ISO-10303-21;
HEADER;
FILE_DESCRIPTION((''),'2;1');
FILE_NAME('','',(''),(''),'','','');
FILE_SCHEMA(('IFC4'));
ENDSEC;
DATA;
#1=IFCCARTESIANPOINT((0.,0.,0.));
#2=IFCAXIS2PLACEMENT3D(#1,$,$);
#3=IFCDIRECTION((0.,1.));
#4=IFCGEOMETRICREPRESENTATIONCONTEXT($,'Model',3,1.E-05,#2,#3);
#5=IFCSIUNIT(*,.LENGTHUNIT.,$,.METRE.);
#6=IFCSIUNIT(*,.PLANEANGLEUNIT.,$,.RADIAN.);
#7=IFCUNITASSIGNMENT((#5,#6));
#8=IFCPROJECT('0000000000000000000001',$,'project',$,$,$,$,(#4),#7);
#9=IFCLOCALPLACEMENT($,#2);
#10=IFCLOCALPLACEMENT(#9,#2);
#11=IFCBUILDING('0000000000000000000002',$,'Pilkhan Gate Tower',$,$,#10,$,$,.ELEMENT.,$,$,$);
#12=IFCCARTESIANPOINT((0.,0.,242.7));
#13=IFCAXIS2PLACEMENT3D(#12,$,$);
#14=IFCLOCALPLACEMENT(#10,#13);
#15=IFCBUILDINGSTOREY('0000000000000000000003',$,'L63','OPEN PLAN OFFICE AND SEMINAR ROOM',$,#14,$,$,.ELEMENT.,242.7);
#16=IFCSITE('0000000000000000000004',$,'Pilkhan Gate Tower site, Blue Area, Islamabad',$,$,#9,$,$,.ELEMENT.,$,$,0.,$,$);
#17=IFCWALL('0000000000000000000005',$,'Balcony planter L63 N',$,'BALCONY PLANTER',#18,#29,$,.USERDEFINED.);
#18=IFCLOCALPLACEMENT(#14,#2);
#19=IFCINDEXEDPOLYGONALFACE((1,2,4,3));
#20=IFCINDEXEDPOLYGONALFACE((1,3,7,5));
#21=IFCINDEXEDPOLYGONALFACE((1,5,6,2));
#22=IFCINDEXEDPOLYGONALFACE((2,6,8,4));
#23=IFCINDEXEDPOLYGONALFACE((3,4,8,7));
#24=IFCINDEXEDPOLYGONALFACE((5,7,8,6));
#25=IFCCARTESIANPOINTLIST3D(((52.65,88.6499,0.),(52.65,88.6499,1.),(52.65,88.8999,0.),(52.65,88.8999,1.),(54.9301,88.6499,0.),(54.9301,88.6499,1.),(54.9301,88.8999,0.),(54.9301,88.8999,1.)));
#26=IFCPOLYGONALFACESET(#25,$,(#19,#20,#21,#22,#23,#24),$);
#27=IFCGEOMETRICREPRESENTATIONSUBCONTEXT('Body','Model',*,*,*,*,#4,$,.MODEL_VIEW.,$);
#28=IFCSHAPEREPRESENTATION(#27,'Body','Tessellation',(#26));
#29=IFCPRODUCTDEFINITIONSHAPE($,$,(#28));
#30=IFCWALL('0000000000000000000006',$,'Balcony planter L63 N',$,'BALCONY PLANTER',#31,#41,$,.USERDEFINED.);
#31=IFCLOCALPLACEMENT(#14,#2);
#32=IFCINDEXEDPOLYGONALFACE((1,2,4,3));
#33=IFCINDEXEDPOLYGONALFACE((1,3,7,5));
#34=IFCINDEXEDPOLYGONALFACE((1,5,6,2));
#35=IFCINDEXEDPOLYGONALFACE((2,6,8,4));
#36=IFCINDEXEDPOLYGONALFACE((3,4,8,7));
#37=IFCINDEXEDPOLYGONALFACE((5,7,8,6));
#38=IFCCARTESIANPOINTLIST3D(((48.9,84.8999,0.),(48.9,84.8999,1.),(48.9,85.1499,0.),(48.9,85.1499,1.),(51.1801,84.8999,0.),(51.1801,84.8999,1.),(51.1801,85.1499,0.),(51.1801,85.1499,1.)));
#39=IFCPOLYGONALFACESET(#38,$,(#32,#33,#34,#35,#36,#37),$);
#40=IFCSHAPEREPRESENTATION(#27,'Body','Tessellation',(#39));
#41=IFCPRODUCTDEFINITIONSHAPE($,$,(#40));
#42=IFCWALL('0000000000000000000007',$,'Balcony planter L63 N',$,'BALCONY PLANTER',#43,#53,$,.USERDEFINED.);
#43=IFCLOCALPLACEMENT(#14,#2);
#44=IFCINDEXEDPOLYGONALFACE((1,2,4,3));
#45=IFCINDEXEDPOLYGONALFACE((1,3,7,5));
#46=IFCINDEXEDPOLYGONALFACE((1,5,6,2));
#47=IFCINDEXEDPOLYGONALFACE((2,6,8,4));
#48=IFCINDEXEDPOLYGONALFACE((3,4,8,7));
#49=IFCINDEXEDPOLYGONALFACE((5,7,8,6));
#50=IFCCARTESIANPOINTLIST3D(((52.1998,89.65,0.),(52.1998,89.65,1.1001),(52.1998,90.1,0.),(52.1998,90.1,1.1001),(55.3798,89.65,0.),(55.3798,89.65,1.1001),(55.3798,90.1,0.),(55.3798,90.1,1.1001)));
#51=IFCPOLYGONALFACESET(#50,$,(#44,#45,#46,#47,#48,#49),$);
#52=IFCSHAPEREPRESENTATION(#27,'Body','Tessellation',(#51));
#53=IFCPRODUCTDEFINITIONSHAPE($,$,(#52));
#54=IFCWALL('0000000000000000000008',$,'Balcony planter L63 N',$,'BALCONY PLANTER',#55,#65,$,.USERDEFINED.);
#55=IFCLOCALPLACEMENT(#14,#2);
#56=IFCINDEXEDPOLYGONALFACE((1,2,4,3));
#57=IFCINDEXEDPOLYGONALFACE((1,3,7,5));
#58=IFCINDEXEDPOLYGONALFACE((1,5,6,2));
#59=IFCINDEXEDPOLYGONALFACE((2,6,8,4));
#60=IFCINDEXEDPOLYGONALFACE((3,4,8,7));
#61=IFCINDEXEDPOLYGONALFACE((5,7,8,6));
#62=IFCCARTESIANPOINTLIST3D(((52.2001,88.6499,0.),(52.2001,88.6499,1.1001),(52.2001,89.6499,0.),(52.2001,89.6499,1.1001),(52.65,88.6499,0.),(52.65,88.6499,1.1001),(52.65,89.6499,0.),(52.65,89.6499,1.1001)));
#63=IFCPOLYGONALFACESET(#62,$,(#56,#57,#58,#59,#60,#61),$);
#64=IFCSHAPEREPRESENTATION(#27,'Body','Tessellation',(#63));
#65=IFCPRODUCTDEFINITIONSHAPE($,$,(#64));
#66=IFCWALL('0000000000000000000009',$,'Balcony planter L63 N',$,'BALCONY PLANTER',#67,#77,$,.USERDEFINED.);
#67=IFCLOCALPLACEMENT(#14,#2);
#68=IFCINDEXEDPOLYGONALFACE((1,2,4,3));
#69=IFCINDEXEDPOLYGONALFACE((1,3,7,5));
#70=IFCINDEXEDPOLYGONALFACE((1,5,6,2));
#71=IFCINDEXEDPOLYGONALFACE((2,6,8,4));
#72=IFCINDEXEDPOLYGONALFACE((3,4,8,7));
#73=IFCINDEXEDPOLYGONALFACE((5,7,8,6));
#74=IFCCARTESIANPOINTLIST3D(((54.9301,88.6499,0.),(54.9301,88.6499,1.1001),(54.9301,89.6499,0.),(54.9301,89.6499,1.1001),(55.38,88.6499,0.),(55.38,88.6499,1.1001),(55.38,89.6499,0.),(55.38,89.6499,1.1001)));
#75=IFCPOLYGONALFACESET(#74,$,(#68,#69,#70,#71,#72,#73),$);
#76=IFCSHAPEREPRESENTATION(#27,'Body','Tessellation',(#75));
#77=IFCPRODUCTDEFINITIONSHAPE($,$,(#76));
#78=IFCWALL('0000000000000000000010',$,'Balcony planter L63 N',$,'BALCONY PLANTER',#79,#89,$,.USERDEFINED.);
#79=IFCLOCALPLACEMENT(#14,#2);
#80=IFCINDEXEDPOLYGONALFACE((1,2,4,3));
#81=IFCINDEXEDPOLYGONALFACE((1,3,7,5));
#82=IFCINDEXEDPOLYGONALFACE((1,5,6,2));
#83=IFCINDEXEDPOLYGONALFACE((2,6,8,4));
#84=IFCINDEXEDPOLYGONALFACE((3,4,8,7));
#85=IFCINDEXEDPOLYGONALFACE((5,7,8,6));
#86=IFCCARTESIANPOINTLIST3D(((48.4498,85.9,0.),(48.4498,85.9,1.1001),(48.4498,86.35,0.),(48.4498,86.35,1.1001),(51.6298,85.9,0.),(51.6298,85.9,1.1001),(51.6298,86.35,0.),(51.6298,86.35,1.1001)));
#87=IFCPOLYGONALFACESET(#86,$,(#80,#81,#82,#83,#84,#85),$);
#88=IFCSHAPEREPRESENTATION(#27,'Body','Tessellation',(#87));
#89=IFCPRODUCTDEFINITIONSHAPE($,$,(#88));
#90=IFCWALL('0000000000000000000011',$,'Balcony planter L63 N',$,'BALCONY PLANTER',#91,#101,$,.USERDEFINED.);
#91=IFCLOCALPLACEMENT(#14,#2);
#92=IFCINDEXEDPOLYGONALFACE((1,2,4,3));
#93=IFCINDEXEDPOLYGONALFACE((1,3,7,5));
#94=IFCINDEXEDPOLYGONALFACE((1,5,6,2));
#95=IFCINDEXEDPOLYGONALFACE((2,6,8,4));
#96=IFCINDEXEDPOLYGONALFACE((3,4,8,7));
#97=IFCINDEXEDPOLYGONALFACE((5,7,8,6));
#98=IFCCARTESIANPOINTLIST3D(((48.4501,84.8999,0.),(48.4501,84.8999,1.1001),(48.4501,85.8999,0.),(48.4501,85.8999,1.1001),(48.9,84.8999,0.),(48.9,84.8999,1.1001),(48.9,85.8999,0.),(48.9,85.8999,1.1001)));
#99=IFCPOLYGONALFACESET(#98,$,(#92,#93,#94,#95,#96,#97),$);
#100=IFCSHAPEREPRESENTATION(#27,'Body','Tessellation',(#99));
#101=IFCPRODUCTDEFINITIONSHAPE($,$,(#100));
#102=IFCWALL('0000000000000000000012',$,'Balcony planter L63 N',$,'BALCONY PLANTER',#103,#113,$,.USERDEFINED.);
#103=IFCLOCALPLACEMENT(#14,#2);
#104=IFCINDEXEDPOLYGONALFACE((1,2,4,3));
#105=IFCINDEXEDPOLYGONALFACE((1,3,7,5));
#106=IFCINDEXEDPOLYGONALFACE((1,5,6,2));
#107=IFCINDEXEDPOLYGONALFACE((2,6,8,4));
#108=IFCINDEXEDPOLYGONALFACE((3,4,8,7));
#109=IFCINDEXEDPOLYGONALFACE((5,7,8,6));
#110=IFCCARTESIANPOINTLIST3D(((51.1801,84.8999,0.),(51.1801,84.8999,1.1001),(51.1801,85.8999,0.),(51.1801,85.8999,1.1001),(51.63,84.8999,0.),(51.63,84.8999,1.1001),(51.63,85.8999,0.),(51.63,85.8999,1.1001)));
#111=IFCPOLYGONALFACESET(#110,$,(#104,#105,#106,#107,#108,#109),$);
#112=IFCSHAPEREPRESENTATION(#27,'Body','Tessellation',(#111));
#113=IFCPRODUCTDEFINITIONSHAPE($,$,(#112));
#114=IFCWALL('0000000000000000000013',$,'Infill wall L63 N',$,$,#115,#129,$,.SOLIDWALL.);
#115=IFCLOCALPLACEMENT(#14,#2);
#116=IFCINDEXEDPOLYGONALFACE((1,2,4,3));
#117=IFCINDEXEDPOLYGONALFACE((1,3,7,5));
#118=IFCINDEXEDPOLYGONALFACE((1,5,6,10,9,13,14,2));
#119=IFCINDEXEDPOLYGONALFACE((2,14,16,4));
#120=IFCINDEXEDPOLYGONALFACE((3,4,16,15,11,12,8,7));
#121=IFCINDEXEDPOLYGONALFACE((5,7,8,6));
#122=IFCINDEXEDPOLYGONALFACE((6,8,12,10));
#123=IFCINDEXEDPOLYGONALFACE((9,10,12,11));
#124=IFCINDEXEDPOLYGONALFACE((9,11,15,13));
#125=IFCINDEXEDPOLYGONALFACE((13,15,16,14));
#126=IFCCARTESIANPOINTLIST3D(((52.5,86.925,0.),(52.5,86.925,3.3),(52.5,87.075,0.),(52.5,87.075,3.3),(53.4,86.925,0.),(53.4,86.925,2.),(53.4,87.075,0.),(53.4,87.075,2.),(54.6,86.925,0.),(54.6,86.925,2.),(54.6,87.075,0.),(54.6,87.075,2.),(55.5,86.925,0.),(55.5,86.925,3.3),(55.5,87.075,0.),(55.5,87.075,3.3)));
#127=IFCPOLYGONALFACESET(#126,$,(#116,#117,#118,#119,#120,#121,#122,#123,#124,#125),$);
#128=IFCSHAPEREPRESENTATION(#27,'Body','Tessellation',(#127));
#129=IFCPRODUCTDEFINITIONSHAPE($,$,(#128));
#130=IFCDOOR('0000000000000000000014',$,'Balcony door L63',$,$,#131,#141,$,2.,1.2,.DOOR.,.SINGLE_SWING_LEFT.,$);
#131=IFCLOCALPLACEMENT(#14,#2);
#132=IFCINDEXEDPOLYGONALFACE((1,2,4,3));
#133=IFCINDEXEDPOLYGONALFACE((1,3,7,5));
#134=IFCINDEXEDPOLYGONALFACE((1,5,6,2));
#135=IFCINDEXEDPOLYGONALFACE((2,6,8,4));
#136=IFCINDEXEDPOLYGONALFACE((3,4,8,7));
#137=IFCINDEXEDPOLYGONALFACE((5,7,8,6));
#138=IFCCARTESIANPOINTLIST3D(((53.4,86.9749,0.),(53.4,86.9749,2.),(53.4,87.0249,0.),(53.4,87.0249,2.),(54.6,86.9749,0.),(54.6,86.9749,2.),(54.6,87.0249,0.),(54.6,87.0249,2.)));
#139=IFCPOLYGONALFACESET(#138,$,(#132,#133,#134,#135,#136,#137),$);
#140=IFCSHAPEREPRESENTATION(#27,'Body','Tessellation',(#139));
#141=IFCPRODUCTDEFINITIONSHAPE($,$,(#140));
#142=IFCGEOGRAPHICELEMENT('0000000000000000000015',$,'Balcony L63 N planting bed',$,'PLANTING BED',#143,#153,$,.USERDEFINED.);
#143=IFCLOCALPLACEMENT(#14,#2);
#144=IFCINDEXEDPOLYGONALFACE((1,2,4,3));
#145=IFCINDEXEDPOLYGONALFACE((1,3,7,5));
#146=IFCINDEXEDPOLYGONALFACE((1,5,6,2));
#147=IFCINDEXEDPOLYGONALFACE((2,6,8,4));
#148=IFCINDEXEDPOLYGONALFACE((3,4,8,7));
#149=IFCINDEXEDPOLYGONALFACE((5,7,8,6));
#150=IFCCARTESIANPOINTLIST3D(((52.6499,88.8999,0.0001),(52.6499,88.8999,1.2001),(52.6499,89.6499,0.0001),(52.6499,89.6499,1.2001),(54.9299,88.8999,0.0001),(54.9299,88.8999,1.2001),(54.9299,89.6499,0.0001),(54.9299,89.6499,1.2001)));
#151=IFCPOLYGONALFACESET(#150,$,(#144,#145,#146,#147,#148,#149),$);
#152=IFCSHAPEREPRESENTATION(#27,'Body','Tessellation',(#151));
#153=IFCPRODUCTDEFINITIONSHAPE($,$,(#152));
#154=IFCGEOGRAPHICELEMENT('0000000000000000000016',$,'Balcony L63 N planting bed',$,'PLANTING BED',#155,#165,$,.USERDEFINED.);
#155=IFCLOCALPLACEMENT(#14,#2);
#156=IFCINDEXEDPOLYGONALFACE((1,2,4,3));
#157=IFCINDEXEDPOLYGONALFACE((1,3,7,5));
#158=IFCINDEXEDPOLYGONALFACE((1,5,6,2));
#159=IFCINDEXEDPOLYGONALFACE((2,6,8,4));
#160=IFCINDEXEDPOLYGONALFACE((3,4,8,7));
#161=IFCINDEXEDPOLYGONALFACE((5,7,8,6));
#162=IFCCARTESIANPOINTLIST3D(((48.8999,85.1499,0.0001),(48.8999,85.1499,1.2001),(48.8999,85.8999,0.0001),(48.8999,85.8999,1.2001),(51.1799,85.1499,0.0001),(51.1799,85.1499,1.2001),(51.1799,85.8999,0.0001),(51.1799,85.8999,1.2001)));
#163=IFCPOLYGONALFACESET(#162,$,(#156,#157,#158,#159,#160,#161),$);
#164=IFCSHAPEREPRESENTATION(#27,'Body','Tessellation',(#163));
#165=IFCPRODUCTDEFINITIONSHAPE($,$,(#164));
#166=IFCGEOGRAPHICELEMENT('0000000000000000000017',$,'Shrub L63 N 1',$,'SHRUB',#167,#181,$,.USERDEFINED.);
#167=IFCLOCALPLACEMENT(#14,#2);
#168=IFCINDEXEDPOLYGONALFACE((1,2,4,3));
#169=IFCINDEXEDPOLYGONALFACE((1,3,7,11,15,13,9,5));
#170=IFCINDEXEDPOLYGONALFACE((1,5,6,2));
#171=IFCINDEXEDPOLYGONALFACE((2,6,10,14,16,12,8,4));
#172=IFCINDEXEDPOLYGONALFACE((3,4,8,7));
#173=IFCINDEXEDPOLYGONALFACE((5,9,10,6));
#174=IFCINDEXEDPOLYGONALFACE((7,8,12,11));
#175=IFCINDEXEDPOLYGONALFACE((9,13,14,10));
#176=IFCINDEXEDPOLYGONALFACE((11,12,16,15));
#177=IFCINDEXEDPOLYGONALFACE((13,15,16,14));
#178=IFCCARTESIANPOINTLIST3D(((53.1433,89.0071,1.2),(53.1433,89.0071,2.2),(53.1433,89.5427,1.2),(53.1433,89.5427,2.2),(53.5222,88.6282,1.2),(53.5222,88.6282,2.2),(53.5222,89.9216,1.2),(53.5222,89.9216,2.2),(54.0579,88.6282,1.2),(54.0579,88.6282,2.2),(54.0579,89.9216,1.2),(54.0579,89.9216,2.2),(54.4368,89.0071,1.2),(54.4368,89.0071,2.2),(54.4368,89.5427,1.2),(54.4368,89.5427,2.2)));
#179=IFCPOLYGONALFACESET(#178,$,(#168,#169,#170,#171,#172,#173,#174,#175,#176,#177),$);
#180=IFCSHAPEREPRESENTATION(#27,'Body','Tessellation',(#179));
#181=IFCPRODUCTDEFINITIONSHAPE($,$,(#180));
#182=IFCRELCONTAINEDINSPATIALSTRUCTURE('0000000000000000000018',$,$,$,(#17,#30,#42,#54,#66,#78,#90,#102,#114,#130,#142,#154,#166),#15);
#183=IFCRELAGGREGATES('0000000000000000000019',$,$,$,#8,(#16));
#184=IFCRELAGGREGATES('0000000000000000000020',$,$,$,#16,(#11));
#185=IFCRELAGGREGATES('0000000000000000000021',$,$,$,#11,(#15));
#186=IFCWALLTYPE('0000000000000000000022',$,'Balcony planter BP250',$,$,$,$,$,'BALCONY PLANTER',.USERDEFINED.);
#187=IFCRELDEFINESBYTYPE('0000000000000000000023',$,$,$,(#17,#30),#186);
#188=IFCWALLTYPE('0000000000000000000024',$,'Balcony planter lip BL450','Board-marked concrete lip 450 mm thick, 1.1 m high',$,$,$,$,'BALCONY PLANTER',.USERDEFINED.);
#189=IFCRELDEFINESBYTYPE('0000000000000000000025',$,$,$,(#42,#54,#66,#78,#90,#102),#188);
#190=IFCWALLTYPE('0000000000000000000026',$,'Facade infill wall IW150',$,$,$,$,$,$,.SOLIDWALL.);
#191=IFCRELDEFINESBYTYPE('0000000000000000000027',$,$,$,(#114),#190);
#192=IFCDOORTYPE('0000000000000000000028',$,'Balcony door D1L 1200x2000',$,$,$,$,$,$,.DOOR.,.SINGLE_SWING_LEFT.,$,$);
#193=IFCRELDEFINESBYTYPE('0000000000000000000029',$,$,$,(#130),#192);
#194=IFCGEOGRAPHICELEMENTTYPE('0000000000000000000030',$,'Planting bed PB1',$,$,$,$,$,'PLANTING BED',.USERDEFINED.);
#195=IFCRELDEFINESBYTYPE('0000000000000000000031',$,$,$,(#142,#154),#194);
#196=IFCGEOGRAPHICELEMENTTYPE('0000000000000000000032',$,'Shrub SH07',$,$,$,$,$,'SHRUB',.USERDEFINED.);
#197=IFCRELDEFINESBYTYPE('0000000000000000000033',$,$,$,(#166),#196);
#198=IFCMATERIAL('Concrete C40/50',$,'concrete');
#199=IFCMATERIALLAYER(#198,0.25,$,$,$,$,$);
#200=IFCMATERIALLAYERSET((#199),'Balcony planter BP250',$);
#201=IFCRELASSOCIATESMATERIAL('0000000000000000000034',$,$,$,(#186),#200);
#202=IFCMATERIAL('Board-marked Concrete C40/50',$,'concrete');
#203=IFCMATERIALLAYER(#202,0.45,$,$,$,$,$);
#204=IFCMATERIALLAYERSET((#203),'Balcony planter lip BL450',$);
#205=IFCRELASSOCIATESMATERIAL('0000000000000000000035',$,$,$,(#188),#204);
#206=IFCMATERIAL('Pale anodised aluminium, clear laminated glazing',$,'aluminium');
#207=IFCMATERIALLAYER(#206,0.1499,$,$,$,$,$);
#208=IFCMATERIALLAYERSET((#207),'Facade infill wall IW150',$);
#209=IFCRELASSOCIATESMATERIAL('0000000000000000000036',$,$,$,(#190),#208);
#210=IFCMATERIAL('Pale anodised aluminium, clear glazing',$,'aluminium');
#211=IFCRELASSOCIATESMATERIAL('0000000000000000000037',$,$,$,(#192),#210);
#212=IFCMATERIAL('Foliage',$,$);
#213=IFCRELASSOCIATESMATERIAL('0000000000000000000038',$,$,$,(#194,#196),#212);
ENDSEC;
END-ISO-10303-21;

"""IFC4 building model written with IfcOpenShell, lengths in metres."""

from ifc_helpers import new_model, si_unit, direction, frame, frame_2d, origin, origin_2d, place, context, subcontext, project, spatial, polyline, rectangle, outline, extrude, material, layer, layer_set, material_profile, profile_set, type_object, element, fill, save


model = new_model("IFC4")

# Units and contexts
model_context = context("Model", 3, precision=1e-05, world=origin(), true_north=direction((0.0, 1.0)))
body_context = subcontext(model_context, "Body", "Model", "MODEL_VIEW")
ifc_project = project(units=[si_unit("LENGTHUNIT", "METRE"), si_unit("PLANEANGLEUNIT", "RADIAN")], contexts=[model_context])

# Site, building, storey
site_placement = place(None, origin())
site = spatial("IfcSite", under=ifc_project, at=site_placement, Name="Pilkhan Gate Tower site, Blue Area, Islamabad", CompositionType="ELEMENT", RefElevation=0.0)
building_placement = place(site_placement, origin())
building = spatial("IfcBuilding", under=site, at=building_placement, Name="Pilkhan Gate Tower", CompositionType="ELEMENT")
storey_placement = place(building_placement, frame((0.0, 0.0, 242.7)))
storey = spatial("IfcBuildingStorey", under=building, at=storey_placement, Name="L63", Description="OPEN PLAN OFFICE AND SEMINAR ROOM", CompositionType="ELEMENT", Elevation=242.7)

# Walls
ifc_material_1 = material(Name="Concrete C40/50", Category="concrete")
ifc_layer_1 = layer(ifc_material_1, 0.25)
ifc_layer_set_1 = layer_set([ifc_layer_1], Name="Balcony planter BP250")
wall_type_1 = type_object("IfcWallType", Name="Balcony planter BP250", ElementType="BALCONY PLANTER", PredefinedType="USERDEFINED", material=ifc_layer_set_1)
for number, where, z_axis, x_axis, name in (
    (1, (52.6499, 88.7749, 0.0), (0.0, 0.0, 1.0), (1.0, 0.0, 0.0), "Balcony planter L63 N"),
    (2, (48.8999, 85.0249, 0.0), (0.0, 0.0, 1.0), (1.0, 0.0, 0.0), "Balcony planter L63 N"),
):
    element("IfcWall", number, at=place(storey_placement, frame(where, z_axis=z_axis, x_axis=x_axis)), inside=storey, type_object=wall_type_1, Name=name, ObjectType="BALCONY PLANTER", PredefinedType="USERDEFINED", context=body_context, shape_type="SweptSolid", body=[
        extrude(rectangle(XDim=2.28, YDim=0.25, at=frame_2d((1.1401, 0.0))), origin(), (0.0, 0.0, 1.0), 1.0),
    ])
ifc_material_2 = material(Name="Board-marked Concrete C40/50", Category="concrete")
ifc_layer_2 = layer(ifc_material_2, 0.45)
ifc_layer_set_2 = layer_set([ifc_layer_2], Name="Balcony planter lip BL450")
wall_type_2 = type_object("IfcWallType", Name="Balcony planter lip BL450", Description="Board-marked concrete lip 450 mm thick, 1.1 m high", ElementType="BALCONY PLANTER", PredefinedType="USERDEFINED", material=ifc_layer_set_2)
wall_1_placement = place(storey_placement, frame((52.2, 89.875, 0.0), z_axis=(0.0, 0.0, 1.0), x_axis=(1.0, 0.0, 0.0)))
element("IfcWall", 3, at=wall_1_placement, inside=storey, type_object=wall_type_2, Name="Balcony planter L63 N", ObjectType="BALCONY PLANTER", PredefinedType="USERDEFINED", context=body_context, shape_type="SweptSolid", body=[
    extrude(rectangle(XDim=3.1799, YDim=0.45, at=frame_2d((1.5898, 0.0))), origin(), (0.0, 0.0, 1.0), 1.1001),
])
for number, where, z_axis, x_axis, name in (
    (4, (52.425, 88.6499, 0.0), (0.0, 0.0, 1.0), (0.0, 1.0, 0.0), "Balcony planter L63 N"),
    (5, (55.155, 88.6499, 0.0), (0.0, 0.0, 1.0), (0.0, 1.0, 0.0), "Balcony planter L63 N"),
):
    element("IfcWall", number, at=place(storey_placement, frame(where, z_axis=z_axis, x_axis=x_axis)), inside=storey, type_object=wall_type_2, Name=name, ObjectType="BALCONY PLANTER", PredefinedType="USERDEFINED", context=body_context, shape_type="SweptSolid", body=[
        extrude(rectangle(XDim=1.0, YDim=0.45, at=frame_2d((0.5, 0.0))), origin(), (0.0, 0.0, 1.0), 1.1001),
    ])
wall_2_placement = place(storey_placement, frame((48.45, 86.125, 0.0), z_axis=(0.0, 0.0, 1.0), x_axis=(1.0, 0.0, 0.0)))
element("IfcWall", 6, at=wall_2_placement, inside=storey, type_object=wall_type_2, Name="Balcony planter L63 N", ObjectType="BALCONY PLANTER", PredefinedType="USERDEFINED", context=body_context, shape_type="SweptSolid", body=[
    extrude(rectangle(XDim=3.1799, YDim=0.45, at=frame_2d((1.5898, 0.0))), origin(), (0.0, 0.0, 1.0), 1.1001),
])
for number, where, z_axis, x_axis, name in (
    (7, (48.675, 84.8999, 0.0), (0.0, 0.0, 1.0), (0.0, 1.0, 0.0), "Balcony planter L63 N"),
    (8, (51.405, 84.8999, 0.0), (0.0, 0.0, 1.0), (0.0, 1.0, 0.0), "Balcony planter L63 N"),
):
    element("IfcWall", number, at=place(storey_placement, frame(where, z_axis=z_axis, x_axis=x_axis)), inside=storey, type_object=wall_type_2, Name=name, ObjectType="BALCONY PLANTER", PredefinedType="USERDEFINED", context=body_context, shape_type="SweptSolid", body=[
        extrude(rectangle(XDim=1.0, YDim=0.45, at=frame_2d((0.5, 0.0))), origin(), (0.0, 0.0, 1.0), 1.1001),
    ])

# Wall, opening, door
ifc_material_3 = material(Name="Pale anodised aluminium, clear laminated glazing", Category="aluminium")
ifc_layer_3 = layer(ifc_material_3, 0.1499)
ifc_layer_set_3 = layer_set([ifc_layer_3], Name="Facade infill wall IW150")
wall_type_3 = type_object("IfcWallType", Name="Facade infill wall IW150", PredefinedType="SOLIDWALL", material=ifc_layer_set_3)
wall_3_placement = place(storey_placement, frame((52.5, 87.0, 0.0), z_axis=(0.0, 0.0, 1.0), x_axis=(1.0, 0.0, 0.0)))
wall_3 = element("IfcWall", 9, at=wall_3_placement, inside=storey, type_object=wall_type_3, Name="Infill wall L63 N", PredefinedType="SOLIDWALL", context=body_context, shape_type="SweptSolid", body=[
    extrude(rectangle(XDim=3.0, YDim=0.1499, at=frame_2d((1.5, 0.0))), origin(), (0.0, 0.0, 1.0), 3.3),
])
opening_placement = place(wall_3_placement, frame((0.8999, 0.0, 0.0)))
opening = element("IfcOpeningElement", 10, at=opening_placement, cuts=wall_3, PredefinedType="OPENING", context=body_context, shape_type="SweptSolid", body=[
    extrude(rectangle(XDim=1.2, YDim=2.0, at=frame_2d((0.6001, 1.0))), frame((0.0, 0.085, 0.0), z_axis=(0.0, -1.0, 0.0), x_axis=(1.0, 0.0, 0.0)), (0.0, 0.0, 1.0), 0.1699),
])
ifc_material_4 = material(Name="Pale anodised aluminium, clear glazing", Category="aluminium")
door_type = type_object("IfcDoorType", Name="Balcony door D1L 1200x2000", OperationType="SINGLE_SWING_LEFT", PredefinedType="DOOR", material=ifc_material_4)
door_placement = place(opening_placement, origin())
door = element("IfcDoor", 11, at=door_placement, inside=storey, type_object=door_type, Name="Balcony door L63", OperationType="SINGLE_SWING_LEFT", OverallHeight=2.0, OverallWidth=1.2, PredefinedType="DOOR", context=body_context, shape_type="SweptSolid", body=[
    extrude(rectangle(XDim=1.2, YDim=2.0, at=frame_2d((0.6001, 1.0))), frame((0.0, 0.0249, 0.0), z_axis=(0.0, -1.0, 0.0), x_axis=(1.0, 0.0, 0.0)), (0.0, 0.0, 1.0), 0.05),
])
fill(opening, door)

# Geographic elements
ifc_material_5 = material(Name="Foliage")
ifc_material_profile_1 = material_profile(ifc_material_5, rectangle(XDim=0.75, YDim=1.2, at=origin_2d()), Name="Bed 750x1200")
ifc_profile_set_1 = profile_set([ifc_material_profile_1], Name="Foliage")
geographic_element_type_1 = type_object("IfcGeographicElementType", Name="Planting bed PB1", ElementType="PLANTING BED", PredefinedType="USERDEFINED", material=ifc_profile_set_1)
for number, where, z_axis, x_axis, name in (
    (12, (52.6499, 89.2749, 0.6001), (1.0, 0.0, 0.0), (0.0, 1.0, 0.0), "Balcony L63 N planting bed"),
    (13, (48.8999, 85.5249, 0.6001), (1.0, 0.0, 0.0), (0.0, 1.0, 0.0), "Balcony L63 N planting bed"),
):
    element("IfcGeographicElement", number, at=place(storey_placement, frame(where, z_axis=z_axis, x_axis=x_axis)), inside=storey, type_object=geographic_element_type_1, Name=name, ObjectType="PLANTING BED", PredefinedType="USERDEFINED", context=body_context, shape_type="SweptSolid", body=[
        extrude(rectangle(XDim=0.75, YDim=1.2, at=origin_2d()), origin(), (0.0, 0.0, 1.0), 2.28),
    ])
ifc_material_profile_2 = material_profile(ifc_material_5, outline(polyline([(0.6467, 0.2678), (0.2678, 0.6467), (-0.2678, 0.6467), (-0.6467, 0.2678), (-0.6467, -0.2678), (-0.2678, -0.6467), (0.2678, -0.6467), (0.6467, -0.2678), (0.6467, 0.2678)])), Name="Shrub D1.4")
ifc_profile_set_2 = profile_set([ifc_material_profile_2], Name="Foliage")
geographic_element_type_2 = type_object("IfcGeographicElementType", Name="Shrub SH07", ElementType="SHRUB", PredefinedType="USERDEFINED", material=ifc_profile_set_2)
for number, where, z_axis, x_axis, name in (
    (14, (53.79, 89.2749, 1.2), (0.0, 0.0, 1.0), (1.0, 0.0, 0.0), "Shrub L63 N 1"),
):
    element("IfcGeographicElement", number, at=place(storey_placement, frame(where, z_axis=z_axis, x_axis=x_axis)), inside=storey, type_object=geographic_element_type_2, Name=name, ObjectType="SHRUB", PredefinedType="USERDEFINED", context=body_context, shape_type="SweptSolid", body=[
        extrude(outline(polyline([(0.6467, 0.2678), (0.2678, 0.6467), (-0.2678, 0.6467), (-0.6467, 0.2678), (-0.6467, -0.2678), (-0.2678, -0.6467), (0.2678, -0.6467), (0.6467, -0.2678), (0.6467, 0.2678)])), origin(), (0.0, 0.0, 1.0), 1.0),
    ])

save(model, "model.ifc")
